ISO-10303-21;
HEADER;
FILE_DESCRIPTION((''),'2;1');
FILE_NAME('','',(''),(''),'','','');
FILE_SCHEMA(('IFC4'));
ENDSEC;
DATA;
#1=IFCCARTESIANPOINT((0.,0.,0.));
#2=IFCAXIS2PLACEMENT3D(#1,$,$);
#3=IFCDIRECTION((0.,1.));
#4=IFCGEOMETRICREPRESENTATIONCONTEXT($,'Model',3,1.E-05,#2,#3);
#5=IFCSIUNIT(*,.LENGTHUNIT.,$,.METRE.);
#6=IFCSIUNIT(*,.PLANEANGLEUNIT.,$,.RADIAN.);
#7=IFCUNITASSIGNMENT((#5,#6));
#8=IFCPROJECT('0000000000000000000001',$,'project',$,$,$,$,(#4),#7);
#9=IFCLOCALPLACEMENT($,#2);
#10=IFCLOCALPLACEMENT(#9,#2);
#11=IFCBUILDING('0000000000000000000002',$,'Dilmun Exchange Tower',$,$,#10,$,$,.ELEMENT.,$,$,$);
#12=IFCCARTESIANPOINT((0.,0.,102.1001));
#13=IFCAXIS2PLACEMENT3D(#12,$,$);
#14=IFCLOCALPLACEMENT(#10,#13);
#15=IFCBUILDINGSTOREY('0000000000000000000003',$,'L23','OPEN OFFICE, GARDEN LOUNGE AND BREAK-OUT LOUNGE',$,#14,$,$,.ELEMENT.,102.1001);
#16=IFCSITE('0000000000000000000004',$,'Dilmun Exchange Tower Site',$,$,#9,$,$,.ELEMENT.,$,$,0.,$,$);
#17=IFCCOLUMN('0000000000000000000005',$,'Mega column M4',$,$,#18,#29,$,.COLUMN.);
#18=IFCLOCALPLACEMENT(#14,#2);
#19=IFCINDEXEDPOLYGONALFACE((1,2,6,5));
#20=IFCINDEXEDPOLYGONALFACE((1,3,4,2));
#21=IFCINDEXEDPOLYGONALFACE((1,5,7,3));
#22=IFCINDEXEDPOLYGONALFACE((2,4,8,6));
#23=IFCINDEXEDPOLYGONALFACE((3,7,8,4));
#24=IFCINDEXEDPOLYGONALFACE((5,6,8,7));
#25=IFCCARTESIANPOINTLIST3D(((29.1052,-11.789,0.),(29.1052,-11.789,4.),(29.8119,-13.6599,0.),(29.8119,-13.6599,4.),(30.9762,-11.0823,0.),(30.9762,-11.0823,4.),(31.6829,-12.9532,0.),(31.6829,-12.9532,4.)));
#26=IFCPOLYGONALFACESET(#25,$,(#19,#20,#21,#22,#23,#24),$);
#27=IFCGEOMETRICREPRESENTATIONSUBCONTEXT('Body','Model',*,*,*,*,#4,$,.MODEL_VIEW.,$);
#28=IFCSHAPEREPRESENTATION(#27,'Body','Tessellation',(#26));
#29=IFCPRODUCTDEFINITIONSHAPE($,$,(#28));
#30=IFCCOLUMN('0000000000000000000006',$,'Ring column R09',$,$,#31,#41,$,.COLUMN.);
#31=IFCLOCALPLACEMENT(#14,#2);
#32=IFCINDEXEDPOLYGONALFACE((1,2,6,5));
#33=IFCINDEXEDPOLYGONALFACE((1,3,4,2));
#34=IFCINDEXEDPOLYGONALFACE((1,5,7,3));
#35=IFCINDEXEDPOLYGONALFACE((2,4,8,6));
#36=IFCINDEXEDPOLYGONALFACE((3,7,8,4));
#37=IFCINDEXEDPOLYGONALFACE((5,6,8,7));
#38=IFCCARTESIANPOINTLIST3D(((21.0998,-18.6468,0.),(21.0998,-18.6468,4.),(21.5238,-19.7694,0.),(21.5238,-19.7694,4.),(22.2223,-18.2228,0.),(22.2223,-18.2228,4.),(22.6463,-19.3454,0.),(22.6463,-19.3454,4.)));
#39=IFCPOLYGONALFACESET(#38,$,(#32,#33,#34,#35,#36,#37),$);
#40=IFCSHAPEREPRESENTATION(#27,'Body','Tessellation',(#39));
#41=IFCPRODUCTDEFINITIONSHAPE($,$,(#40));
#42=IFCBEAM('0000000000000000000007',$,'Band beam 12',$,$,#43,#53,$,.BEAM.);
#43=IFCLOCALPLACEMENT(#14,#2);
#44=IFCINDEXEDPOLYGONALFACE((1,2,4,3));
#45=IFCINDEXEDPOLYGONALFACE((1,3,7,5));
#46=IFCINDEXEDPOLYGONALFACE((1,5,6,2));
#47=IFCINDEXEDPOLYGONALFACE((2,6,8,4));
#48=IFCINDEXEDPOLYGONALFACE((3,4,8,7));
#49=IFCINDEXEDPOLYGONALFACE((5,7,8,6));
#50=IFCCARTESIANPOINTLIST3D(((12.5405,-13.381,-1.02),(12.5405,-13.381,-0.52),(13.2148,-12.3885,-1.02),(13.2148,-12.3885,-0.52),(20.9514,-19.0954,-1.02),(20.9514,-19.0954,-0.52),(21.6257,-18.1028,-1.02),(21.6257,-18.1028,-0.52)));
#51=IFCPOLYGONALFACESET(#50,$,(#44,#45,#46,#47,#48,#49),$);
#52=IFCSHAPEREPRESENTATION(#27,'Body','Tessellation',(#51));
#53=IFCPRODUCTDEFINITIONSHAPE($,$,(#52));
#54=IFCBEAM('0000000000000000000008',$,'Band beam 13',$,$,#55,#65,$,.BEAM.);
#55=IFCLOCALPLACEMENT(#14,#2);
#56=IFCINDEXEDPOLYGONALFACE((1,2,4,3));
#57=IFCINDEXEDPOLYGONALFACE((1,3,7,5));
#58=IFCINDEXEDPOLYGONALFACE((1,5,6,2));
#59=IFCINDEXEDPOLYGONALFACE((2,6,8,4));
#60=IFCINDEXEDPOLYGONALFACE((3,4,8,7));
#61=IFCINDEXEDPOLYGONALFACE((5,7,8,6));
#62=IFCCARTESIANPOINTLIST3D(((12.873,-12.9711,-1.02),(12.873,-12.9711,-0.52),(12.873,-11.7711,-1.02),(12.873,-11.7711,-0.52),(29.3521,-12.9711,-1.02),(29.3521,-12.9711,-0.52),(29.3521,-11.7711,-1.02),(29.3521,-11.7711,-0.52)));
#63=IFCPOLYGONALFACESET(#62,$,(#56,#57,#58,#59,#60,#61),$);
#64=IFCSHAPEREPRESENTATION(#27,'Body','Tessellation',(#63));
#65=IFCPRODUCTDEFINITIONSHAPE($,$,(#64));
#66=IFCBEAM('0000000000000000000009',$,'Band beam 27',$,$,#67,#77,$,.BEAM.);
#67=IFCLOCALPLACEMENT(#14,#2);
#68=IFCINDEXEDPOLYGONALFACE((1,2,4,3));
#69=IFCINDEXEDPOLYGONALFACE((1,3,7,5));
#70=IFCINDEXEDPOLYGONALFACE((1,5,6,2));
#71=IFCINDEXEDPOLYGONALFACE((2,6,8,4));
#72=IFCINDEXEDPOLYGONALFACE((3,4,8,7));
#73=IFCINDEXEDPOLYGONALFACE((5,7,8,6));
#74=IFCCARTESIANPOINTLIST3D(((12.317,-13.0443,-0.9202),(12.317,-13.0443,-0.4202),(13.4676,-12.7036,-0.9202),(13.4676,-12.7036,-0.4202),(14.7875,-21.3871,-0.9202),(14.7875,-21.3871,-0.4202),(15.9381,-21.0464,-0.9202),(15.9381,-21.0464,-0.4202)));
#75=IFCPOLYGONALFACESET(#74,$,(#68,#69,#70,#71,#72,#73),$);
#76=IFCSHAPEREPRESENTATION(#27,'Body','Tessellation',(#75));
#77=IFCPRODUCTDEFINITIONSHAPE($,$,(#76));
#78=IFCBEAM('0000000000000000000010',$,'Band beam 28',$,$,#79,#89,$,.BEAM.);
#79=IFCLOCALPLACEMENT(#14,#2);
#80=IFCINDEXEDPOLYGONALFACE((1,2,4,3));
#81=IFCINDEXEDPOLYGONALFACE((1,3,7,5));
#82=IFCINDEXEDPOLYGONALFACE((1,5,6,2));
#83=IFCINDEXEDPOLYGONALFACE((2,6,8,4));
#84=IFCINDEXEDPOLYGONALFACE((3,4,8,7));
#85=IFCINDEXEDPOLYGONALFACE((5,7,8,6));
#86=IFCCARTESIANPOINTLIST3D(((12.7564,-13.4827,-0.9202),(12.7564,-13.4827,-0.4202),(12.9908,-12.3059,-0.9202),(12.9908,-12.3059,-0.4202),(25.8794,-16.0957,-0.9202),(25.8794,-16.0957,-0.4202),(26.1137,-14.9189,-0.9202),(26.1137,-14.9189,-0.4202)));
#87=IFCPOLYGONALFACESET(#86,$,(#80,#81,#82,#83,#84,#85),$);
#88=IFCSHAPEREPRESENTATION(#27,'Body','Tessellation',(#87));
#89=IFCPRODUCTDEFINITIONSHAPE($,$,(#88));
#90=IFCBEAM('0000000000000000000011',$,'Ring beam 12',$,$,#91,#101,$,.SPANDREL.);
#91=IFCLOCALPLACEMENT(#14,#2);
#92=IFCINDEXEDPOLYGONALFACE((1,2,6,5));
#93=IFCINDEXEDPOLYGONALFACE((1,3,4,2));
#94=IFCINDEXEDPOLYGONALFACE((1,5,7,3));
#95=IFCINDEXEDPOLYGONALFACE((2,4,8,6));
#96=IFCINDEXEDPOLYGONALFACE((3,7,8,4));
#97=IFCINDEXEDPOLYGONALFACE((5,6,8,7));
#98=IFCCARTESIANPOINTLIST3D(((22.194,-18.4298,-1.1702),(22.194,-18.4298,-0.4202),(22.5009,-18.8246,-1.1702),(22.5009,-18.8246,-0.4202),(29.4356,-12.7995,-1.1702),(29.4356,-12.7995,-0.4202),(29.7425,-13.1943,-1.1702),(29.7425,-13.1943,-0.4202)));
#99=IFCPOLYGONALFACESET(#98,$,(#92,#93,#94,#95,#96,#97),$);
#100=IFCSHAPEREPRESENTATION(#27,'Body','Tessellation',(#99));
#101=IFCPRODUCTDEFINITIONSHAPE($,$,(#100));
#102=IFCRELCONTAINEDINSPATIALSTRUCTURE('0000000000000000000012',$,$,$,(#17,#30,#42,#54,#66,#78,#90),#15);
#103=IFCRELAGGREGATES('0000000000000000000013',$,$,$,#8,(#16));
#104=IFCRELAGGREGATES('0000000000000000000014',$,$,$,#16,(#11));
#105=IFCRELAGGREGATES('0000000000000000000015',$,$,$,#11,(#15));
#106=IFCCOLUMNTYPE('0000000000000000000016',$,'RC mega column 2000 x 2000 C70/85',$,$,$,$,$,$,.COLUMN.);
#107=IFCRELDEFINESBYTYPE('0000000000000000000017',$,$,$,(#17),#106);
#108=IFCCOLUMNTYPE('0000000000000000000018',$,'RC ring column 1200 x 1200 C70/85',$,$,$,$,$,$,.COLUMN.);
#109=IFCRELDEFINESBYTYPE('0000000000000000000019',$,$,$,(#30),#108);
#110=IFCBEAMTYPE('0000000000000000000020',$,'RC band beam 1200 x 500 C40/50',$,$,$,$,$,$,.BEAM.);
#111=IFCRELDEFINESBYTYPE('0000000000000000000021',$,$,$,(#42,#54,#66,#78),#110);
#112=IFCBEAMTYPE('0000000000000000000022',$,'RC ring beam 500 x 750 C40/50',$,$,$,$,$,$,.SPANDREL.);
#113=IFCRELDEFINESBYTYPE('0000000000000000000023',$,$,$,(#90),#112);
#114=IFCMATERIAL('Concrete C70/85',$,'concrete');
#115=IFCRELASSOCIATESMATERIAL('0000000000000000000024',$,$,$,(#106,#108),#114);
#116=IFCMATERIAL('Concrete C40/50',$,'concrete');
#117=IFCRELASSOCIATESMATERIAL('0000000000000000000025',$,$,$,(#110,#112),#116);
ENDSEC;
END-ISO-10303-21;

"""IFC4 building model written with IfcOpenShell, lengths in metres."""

from ifc_helpers import new_model, si_unit, direction, frame, origin, origin_2d, place, context, subcontext, project, spatial, rectangle, extrude, material, material_profile, profile_set, type_object, element, save


model = new_model("IFC4")

# Units and contexts
model_context = context("Model", 3, precision=1e-05, world=origin(), true_north=direction((0.0, 1.0)))
body_context = subcontext(model_context, "Body", "Model", "MODEL_VIEW")
ifc_project = project(units=[si_unit("LENGTHUNIT", "METRE"), si_unit("PLANEANGLEUNIT", "RADIAN")], contexts=[model_context])

# Site, building, storey
site_placement = place(None, origin())
site = spatial("IfcSite", under=ifc_project, at=site_placement, Name="Dilmun Exchange Tower Site", CompositionType="ELEMENT", RefElevation=0.0)
building_placement = place(site_placement, origin())
building = spatial("IfcBuilding", under=site, at=building_placement, Name="Dilmun Exchange Tower", CompositionType="ELEMENT")
storey_placement = place(building_placement, frame((0.0, 0.0, 102.1001)))
storey = spatial("IfcBuildingStorey", under=building, at=storey_placement, Name="L23", Description="OPEN OFFICE, GARDEN LOUNGE AND BREAK-OUT LOUNGE", CompositionType="ELEMENT", Elevation=102.1001)

# Columns
ifc_material_1 = material(Name="Concrete C70/85", Category="concrete")
ifc_material_profile_1 = material_profile(ifc_material_1, rectangle(XDim=2.0, YDim=2.0, at=origin_2d()), Name="2000 x 2000")
ifc_profile_set_1 = profile_set([ifc_material_profile_1], Name="Concrete C70/85")
column_type_1 = type_object("IfcColumnType", Name="RC mega column 2000 x 2000 C70/85", PredefinedType="COLUMN", material=ifc_profile_set_1)
column_1_placement = place(storey_placement, frame((30.394, -12.3711, 0.0), z_axis=(0.0, 0.0, 1.0), x_axis=(0.935492, 0.353349, 0.0)))
element("IfcColumn", 1, at=column_1_placement, inside=storey, type_object=column_type_1, Name="Mega column M4", PredefinedType="COLUMN", context=body_context, shape_type="SweptSolid", body=[
    extrude(rectangle(XDim=2.0, YDim=2.0, at=origin_2d()), origin(), (0.0, 0.0, 1.0), 4.0),
])
ifc_material_profile_2 = material_profile(ifc_material_1, rectangle(XDim=1.2, YDim=1.2, at=origin_2d()), Name="1200 x 1200")
ifc_profile_set_2 = profile_set([ifc_material_profile_2], Name="Concrete C70/85")
column_type_2 = type_object("IfcColumnType", Name="RC ring column 1200 x 1200 C70/85", PredefinedType="COLUMN", material=ifc_profile_set_2)
column_2_placement = place(storey_placement, frame((21.873, -18.9961, 0.0), z_axis=(0.0, 0.0, 1.0), x_axis=(0.935492, 0.353349, 0.0)))
element("IfcColumn", 2, at=column_2_placement, inside=storey, type_object=column_type_2, Name="Ring column R09", PredefinedType="COLUMN", context=body_context, shape_type="SweptSolid", body=[
    extrude(rectangle(XDim=1.2, YDim=1.2, at=origin_2d()), origin(), (0.0, 0.0, 1.0), 4.0),
])

# Beams
ifc_material_2 = material(Name="Concrete C40/50", Category="concrete")
ifc_material_profile_3 = material_profile(ifc_material_2, rectangle(XDim=1.2, YDim=0.5, at=origin_2d()), Name="1200 x 500")
ifc_profile_set_3 = profile_set([ifc_material_profile_3], Name="Concrete C40/50")
beam_type_1 = type_object("IfcBeamType", Name="RC band beam 1200 x 500 C40/50", PredefinedType="BEAM", material=ifc_profile_set_3)
beam_1_placement = place(storey_placement, frame((21.2886, -18.5991, -0.77), z_axis=(-0.827157, 0.56197, 0.0), x_axis=(-0.56197, -0.827157, 0.0)))
element("IfcBeam", 3, at=beam_1_placement, inside=storey, type_object=beam_type_1, Name="Band beam 12", PredefinedType="BEAM", context=body_context, shape_type="SweptSolid", body=[
    extrude(rectangle(XDim=1.2, YDim=0.5, at=origin_2d()), origin(), (0.0, 0.0, 1.0), 10.1685),
])
beam_2_placement = place(storey_placement, frame((29.3521, -12.3711, -0.77), z_axis=(-1.0, 0.0, 0.0), x_axis=(0.0, -1.0, 0.0)))
element("IfcBeam", 4, at=beam_2_placement, inside=storey, type_object=beam_type_1, Name="Band beam 13", PredefinedType="BEAM", context=body_context, shape_type="SweptSolid", body=[
    extrude(rectangle(XDim=1.2, YDim=0.5, at=origin_2d()), origin(), (0.0, 0.0, 1.0), 16.479),
])
beam_3_placement = place(storey_placement, frame((15.3628, -21.2168, -0.6702), z_axis=(-0.283933, 0.958844, 0.0), x_axis=(-0.958844, -0.283933, 0.0)))
element("IfcBeam", 5, at=beam_3_placement, inside=storey, type_object=beam_type_1, Name="Band beam 27", PredefinedType="BEAM", context=body_context, shape_type="SweptSolid", body=[
    extrude(rectangle(XDim=1.2, YDim=0.5, at=origin_2d()), origin(), (0.0, 0.0, 1.0), 8.7009),
])
beam_4_placement = place(storey_placement, frame((25.9966, -15.5073, -0.6702), z_axis=(-0.980747, 0.195284, 0.0), x_axis=(-0.195284, -0.980747, 0.0)))
element("IfcBeam", 6, at=beam_4_placement, inside=storey, type_object=beam_type_1, Name="Band beam 28", PredefinedType="BEAM", context=body_context, shape_type="SweptSolid", body=[
    extrude(rectangle(XDim=1.2, YDim=0.5, at=origin_2d()), origin(), (0.0, 0.0, 1.0), 13.3806),
])
ifc_material_profile_4 = material_profile(ifc_material_2, rectangle(XDim=0.5, YDim=0.75, at=origin_2d()), Name="500 x 750")
ifc_profile_set_4 = profile_set([ifc_material_profile_4], Name="Concrete C40/50")
beam_type_2 = type_object("IfcBeamType", Name="RC ring beam 500 x 750 C40/50", PredefinedType="SPANDREL", material=ifc_profile_set_4)
beam_5_placement = place(storey_placement, frame((22.3474, -18.6272, -0.7952), z_axis=(0.789461, 0.613801, 0.0), x_axis=(-0.613801, 0.789461, 0.0)))
element("IfcBeam", 7, at=beam_5_placement, inside=storey, type_object=beam_type_2, Name="Ring beam 12", PredefinedType="SPANDREL", context=body_context, shape_type="SweptSolid", body=[
    extrude(rectangle(XDim=0.5, YDim=0.75, at=origin_2d()), origin(), (0.0, 0.0, 1.0), 9.1729),
])

save(model, "model.ifc")
